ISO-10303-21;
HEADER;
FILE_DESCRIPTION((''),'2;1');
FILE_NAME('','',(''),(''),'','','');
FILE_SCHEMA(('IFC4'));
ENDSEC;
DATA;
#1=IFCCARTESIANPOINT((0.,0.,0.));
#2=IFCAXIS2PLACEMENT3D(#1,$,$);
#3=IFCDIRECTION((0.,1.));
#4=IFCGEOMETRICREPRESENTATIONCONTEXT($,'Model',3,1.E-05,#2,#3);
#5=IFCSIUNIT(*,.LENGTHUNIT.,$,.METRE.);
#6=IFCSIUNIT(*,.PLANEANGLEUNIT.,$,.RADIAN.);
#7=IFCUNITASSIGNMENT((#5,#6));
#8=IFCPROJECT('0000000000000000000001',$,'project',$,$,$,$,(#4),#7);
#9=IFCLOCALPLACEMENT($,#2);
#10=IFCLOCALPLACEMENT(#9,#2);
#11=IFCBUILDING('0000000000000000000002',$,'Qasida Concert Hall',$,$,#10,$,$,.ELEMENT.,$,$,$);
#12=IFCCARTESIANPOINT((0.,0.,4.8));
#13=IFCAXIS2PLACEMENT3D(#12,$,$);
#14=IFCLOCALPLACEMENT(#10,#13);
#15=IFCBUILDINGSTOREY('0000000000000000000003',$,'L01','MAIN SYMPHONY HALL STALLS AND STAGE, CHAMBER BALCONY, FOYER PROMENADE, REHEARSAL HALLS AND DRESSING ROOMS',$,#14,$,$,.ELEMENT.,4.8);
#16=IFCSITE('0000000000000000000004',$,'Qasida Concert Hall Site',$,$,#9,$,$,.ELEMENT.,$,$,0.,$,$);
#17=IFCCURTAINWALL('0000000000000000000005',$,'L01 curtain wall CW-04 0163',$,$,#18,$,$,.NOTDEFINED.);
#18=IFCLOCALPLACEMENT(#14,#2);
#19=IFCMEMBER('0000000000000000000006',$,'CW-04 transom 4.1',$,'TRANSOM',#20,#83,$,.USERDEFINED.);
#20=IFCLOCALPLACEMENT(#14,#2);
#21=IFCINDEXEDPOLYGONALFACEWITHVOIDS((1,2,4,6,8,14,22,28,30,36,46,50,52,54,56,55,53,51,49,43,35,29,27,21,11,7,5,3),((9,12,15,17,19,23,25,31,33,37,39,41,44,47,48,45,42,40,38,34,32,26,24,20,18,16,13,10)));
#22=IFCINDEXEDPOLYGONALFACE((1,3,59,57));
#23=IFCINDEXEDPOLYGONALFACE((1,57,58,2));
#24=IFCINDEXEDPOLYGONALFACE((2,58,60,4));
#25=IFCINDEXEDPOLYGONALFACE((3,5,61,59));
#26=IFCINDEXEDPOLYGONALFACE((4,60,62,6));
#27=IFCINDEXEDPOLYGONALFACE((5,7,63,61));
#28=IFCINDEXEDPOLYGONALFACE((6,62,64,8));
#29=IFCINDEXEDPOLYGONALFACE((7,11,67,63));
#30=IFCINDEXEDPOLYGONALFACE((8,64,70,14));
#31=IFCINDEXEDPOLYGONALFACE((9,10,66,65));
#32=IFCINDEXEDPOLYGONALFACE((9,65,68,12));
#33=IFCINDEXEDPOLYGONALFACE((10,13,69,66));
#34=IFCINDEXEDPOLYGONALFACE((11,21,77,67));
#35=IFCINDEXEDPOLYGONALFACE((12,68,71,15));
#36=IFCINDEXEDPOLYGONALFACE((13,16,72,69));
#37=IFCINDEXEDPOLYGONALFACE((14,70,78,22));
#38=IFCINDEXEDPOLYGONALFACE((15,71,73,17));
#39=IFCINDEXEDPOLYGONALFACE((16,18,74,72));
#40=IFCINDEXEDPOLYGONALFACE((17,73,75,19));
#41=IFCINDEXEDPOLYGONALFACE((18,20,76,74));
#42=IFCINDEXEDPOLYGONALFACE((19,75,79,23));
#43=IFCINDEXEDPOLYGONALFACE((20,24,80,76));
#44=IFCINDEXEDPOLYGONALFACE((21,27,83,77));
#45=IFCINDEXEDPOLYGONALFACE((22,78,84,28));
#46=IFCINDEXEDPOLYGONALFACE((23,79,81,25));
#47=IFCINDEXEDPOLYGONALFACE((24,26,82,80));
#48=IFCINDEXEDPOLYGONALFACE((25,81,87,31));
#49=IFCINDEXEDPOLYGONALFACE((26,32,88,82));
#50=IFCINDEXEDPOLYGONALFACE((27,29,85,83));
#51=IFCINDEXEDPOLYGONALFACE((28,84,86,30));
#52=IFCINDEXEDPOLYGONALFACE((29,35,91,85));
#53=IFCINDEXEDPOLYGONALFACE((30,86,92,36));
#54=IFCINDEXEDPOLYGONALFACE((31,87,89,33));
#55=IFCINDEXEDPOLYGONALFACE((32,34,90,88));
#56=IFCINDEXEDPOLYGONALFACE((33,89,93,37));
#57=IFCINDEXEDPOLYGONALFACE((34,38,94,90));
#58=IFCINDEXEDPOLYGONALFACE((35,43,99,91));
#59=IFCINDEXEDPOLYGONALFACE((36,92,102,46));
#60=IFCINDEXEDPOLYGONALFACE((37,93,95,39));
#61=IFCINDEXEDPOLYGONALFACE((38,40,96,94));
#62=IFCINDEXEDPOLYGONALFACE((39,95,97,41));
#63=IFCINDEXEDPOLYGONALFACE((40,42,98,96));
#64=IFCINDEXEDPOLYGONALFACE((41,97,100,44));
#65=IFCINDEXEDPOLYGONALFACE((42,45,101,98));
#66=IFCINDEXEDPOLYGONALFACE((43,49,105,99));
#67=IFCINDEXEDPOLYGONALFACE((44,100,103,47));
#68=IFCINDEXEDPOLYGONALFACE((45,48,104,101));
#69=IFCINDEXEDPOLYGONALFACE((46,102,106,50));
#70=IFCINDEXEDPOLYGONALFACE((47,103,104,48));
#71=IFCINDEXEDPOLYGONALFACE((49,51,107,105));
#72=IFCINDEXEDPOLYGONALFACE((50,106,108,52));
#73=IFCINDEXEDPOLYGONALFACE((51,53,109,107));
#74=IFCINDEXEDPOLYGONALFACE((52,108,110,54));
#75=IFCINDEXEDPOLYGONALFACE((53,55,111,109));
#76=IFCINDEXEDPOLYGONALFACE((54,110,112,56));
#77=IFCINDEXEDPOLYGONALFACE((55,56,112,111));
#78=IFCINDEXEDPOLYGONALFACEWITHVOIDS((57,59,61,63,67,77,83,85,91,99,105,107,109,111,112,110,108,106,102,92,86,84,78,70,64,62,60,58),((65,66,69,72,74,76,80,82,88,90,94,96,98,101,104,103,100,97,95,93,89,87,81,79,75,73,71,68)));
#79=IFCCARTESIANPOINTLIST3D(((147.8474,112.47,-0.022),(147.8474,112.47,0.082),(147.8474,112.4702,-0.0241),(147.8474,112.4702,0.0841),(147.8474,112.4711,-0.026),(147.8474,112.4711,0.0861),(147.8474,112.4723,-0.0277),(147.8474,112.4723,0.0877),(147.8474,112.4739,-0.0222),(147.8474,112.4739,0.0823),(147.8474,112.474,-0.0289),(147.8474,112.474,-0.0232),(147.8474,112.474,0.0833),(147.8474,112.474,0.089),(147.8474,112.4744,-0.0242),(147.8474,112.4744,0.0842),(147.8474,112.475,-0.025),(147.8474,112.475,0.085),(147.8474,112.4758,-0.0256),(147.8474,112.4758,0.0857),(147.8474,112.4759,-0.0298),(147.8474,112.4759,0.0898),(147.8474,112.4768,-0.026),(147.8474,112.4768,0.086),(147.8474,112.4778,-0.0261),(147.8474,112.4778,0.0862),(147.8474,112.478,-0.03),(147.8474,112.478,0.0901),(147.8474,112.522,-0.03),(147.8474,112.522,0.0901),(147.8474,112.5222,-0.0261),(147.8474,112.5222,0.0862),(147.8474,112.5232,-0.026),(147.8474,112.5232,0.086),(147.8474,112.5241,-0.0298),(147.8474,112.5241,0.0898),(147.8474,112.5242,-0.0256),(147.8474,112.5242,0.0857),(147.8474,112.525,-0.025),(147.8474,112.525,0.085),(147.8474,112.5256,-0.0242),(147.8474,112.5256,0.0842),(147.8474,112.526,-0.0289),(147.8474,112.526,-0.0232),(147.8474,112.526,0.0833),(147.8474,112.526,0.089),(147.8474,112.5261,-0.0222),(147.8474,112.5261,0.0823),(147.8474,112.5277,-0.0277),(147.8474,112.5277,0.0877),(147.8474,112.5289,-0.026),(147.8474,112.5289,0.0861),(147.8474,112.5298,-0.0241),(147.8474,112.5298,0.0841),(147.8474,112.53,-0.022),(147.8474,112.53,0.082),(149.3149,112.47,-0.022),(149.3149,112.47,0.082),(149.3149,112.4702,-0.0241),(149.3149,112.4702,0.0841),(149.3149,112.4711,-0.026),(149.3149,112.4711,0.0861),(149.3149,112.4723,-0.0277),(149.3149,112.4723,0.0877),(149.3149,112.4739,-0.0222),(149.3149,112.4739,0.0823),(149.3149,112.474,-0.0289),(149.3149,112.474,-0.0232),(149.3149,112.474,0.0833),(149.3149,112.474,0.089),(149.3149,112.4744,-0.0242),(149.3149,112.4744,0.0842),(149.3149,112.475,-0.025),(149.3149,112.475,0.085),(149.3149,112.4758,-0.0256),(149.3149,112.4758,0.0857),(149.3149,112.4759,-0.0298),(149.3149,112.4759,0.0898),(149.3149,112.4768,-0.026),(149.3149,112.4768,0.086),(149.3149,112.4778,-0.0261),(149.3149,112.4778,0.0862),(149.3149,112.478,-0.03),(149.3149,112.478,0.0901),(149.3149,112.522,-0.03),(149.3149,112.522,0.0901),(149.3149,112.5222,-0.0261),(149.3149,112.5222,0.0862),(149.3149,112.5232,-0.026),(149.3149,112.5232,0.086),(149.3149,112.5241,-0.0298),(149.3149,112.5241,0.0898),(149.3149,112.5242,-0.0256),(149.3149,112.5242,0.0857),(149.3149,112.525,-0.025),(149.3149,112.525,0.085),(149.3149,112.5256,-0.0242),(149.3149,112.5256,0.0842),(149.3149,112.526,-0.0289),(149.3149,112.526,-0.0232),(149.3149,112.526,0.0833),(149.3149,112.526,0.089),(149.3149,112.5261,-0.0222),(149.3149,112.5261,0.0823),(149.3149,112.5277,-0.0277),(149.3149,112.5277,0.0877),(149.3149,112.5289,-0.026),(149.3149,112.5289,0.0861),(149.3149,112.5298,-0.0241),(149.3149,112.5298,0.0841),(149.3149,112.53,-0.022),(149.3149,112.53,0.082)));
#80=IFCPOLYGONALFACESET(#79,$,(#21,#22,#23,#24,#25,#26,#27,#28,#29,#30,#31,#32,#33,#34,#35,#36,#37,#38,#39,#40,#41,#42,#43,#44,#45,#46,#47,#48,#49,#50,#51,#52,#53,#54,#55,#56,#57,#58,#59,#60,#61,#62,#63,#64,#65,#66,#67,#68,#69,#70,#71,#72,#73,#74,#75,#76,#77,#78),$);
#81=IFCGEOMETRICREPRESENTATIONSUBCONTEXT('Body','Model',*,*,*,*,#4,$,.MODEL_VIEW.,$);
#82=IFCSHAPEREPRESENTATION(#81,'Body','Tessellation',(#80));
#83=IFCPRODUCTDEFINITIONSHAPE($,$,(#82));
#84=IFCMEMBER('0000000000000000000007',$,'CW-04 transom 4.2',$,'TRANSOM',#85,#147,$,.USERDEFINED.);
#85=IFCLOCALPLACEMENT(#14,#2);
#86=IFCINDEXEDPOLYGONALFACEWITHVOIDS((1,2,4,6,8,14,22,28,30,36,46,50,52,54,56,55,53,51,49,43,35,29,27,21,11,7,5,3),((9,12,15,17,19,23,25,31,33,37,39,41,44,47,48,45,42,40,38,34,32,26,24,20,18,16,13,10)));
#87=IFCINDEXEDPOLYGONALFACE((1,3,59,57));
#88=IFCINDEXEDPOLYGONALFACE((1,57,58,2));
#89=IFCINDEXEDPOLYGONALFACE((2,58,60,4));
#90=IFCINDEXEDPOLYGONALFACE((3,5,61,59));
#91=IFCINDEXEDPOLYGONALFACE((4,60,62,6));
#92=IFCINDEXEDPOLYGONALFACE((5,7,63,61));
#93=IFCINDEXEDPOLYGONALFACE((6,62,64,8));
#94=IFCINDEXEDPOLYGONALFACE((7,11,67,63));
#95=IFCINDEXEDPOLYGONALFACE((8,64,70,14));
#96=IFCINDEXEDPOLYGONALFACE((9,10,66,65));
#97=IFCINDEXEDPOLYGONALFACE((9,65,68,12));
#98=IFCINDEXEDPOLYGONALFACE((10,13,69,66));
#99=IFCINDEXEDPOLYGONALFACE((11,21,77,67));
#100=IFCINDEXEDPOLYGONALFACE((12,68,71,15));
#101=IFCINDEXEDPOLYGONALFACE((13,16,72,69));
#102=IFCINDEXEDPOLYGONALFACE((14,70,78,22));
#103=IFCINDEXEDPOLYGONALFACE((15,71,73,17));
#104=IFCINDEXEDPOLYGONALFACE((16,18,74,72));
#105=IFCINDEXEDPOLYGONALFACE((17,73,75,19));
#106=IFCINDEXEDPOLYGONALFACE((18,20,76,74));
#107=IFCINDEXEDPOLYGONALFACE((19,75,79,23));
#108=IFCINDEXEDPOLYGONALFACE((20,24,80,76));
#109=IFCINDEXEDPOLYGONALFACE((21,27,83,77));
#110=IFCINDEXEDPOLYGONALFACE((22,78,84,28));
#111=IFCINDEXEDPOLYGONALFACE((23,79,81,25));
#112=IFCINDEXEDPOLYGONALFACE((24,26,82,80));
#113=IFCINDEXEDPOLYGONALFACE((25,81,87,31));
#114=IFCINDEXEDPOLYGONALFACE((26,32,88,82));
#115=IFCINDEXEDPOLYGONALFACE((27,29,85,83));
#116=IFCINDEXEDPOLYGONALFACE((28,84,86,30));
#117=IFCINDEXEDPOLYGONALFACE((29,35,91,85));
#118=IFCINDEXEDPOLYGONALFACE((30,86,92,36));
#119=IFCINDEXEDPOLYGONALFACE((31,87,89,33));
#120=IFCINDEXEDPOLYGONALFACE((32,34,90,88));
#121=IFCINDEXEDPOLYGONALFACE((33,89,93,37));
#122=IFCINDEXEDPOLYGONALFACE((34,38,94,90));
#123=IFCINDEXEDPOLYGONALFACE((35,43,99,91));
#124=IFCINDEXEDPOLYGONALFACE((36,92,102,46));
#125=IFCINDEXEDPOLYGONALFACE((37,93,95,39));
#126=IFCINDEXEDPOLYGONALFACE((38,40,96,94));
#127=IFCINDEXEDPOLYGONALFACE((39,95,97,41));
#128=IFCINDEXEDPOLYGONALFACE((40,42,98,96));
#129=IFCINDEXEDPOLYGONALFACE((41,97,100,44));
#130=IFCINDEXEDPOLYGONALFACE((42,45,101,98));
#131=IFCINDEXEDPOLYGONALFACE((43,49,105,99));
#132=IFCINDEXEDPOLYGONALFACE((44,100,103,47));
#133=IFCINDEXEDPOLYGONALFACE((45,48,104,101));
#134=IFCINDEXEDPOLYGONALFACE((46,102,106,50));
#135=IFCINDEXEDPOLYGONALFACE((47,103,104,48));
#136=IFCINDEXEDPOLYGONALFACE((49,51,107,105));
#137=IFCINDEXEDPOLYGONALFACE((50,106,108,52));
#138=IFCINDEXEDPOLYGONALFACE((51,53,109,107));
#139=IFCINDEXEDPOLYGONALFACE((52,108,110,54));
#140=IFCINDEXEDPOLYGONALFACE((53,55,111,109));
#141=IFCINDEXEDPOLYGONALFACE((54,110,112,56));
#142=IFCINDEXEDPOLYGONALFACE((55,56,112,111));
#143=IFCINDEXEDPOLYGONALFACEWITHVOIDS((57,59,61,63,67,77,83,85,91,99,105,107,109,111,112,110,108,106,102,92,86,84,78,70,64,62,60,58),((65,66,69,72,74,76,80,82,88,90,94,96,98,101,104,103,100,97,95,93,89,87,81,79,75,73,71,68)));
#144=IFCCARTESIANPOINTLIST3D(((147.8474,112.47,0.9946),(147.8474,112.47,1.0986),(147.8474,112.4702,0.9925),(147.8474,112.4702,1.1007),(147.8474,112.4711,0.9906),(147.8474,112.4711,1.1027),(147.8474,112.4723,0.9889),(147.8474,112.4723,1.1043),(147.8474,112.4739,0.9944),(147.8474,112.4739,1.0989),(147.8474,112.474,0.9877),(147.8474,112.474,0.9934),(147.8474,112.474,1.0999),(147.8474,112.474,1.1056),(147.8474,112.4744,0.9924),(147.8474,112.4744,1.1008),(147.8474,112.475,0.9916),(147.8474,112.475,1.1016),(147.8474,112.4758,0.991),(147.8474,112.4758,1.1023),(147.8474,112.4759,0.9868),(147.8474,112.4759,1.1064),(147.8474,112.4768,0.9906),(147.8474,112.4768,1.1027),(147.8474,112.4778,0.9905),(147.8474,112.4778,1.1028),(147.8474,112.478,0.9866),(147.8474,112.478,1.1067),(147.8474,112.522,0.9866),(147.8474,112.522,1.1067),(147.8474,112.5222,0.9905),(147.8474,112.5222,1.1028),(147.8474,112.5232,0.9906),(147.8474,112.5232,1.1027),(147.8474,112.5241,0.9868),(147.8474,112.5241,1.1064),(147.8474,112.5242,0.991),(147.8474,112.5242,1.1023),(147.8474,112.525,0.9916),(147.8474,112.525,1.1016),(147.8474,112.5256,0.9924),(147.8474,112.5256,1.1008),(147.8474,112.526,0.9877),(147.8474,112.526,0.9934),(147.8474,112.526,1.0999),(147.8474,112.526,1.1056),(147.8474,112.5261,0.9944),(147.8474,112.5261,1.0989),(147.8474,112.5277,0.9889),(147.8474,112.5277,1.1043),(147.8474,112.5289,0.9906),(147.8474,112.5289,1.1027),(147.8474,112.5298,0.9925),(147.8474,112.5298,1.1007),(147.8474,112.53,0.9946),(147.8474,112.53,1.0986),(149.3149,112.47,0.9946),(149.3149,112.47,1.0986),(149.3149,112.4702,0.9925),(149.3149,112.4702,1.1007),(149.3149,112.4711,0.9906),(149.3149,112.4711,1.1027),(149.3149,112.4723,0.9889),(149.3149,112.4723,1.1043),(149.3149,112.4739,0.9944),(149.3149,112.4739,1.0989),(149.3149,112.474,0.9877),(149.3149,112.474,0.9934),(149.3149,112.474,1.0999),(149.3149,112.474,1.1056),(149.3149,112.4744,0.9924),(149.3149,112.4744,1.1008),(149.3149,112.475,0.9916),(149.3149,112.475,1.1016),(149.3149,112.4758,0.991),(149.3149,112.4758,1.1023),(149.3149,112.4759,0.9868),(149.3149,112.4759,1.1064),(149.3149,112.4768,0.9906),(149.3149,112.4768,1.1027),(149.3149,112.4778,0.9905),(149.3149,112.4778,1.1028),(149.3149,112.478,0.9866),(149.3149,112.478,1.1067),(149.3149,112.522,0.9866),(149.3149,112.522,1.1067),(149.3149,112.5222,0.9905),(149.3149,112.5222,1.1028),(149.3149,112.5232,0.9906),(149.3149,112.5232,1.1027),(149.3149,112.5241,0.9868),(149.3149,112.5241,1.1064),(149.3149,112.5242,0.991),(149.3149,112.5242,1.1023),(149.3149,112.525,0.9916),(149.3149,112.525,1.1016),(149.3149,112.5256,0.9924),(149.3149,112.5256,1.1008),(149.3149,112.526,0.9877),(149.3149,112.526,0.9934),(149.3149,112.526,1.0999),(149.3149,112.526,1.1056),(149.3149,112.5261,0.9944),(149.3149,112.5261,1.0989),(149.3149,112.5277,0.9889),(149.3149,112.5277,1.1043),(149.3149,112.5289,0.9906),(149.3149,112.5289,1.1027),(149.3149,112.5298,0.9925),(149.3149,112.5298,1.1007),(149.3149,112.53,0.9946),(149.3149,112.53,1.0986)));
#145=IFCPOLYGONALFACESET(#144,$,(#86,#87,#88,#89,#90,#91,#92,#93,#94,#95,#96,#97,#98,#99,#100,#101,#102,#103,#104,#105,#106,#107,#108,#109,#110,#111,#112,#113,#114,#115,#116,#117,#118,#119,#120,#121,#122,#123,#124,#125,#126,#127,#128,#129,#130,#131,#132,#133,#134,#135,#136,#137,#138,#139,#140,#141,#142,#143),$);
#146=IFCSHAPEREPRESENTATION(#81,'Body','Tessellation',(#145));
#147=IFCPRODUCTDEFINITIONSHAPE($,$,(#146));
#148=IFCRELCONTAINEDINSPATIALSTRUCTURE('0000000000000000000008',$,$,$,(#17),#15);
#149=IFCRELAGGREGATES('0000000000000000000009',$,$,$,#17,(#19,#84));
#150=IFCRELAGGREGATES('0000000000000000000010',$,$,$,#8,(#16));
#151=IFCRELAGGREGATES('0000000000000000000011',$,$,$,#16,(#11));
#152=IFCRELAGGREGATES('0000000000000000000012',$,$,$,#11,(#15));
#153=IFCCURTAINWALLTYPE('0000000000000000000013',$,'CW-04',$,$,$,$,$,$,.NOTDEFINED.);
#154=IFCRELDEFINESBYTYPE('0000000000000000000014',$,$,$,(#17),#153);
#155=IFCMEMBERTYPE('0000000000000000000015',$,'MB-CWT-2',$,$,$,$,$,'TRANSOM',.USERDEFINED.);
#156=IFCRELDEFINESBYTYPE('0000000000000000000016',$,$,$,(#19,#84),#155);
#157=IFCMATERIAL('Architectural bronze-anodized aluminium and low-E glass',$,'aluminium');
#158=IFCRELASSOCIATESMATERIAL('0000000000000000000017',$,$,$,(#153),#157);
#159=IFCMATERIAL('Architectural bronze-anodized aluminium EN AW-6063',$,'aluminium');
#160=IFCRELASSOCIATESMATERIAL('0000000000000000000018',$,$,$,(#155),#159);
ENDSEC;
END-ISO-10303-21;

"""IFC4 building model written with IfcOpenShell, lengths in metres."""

from ifc_helpers import new_model, si_unit, direction, frame, origin, origin_2d, place, context, subcontext, project, spatial, hollow_rectangle, extrude, material, material_profile, profile_set, type_object, element, aggregate, save


model = new_model("IFC4")

# Units and contexts
model_context = context("Model", 3, precision=1e-05, world=origin(), true_north=direction((0.0, 1.0)))
body_context = subcontext(model_context, "Body", "Model", "MODEL_VIEW")
ifc_project = project(units=[si_unit("LENGTHUNIT", "METRE"), si_unit("PLANEANGLEUNIT", "RADIAN")], contexts=[model_context])

# Site, building, storey
site_placement = place(None, origin())
site = spatial("IfcSite", under=ifc_project, at=site_placement, Name="Qasida Concert Hall Site", CompositionType="ELEMENT", RefElevation=0.0)
building_placement = place(site_placement, origin())
building = spatial("IfcBuilding", under=site, at=building_placement, Name="Qasida Concert Hall", CompositionType="ELEMENT")
storey_placement = place(building_placement, frame((0.0, 0.0, 4.8)))
storey = spatial("IfcBuildingStorey", under=building, at=storey_placement, Name="L01", Description="MAIN SYMPHONY HALL STALLS AND STAGE, CHAMBER BALCONY, FOYER PROMENADE, REHEARSAL HALLS AND DRESSING ROOMS", CompositionType="ELEMENT", Elevation=4.8)

# Curtain wall, members
ifc_material_1 = material(Name="Architectural bronze-anodized aluminium and low-E glass", Category="aluminium")
curtain_wall_type = type_object("IfcCurtainWallType", Name="CW-04", PredefinedType="NOTDEFINED", material=ifc_material_1)
curtain_wall_placement = place(storey_placement, origin())
curtain_wall = element("IfcCurtainWall", 1, at=curtain_wall_placement, inside=storey, type_object=curtain_wall_type, Name="L01 curtain wall CW-04 0163", PredefinedType="NOTDEFINED")
ifc_material_2 = material(Name="Architectural bronze-anodized aluminium EN AW-6063", Category="aluminium")
ifc_material_profile_1 = material_profile(ifc_material_2, hollow_rectangle(XDim=0.0601, YDim=0.1201, WallThickness=0.0039, InnerFilletRadius=0.0039, OuterFilletRadius=0.0081, at=origin_2d()), Name="CWT 120x60x4")
ifc_profile_set_1 = profile_set([ifc_material_profile_1], Name="Architectural bronze-anodized aluminium EN AW-6063")
member_type_1 = type_object("IfcMemberType", Name="MB-CWT-2", ElementType="TRANSOM", PredefinedType="USERDEFINED", material=ifc_profile_set_1)
member_1_placement = place(storey_placement, frame((147.8474, 112.5, 0.03), z_axis=(1.0, 0.0, 0.0), x_axis=(0.0, 1.0, 0.0)))
member_1 = element("IfcMember", 2, at=member_1_placement, type_object=member_type_1, Name="CW-04 transom 4.1", ObjectType="TRANSOM", PredefinedType="USERDEFINED", context=body_context, shape_type="SweptSolid", body=[
    extrude(hollow_rectangle(XDim=0.0601, YDim=0.1201, WallThickness=0.0039, InnerFilletRadius=0.0039, OuterFilletRadius=0.0081, at=origin_2d()), origin(), (0.0, 0.0, 1.0), 1.4675),
])
member_2_placement = place(storey_placement, frame((147.8474, 112.5, 1.0466), z_axis=(1.0, 0.0, 0.0), x_axis=(0.0, 1.0, 0.0)))
member_2 = element("IfcMember", 3, at=member_2_placement, type_object=member_type_1, Name="CW-04 transom 4.2", ObjectType="TRANSOM", PredefinedType="USERDEFINED", context=body_context, shape_type="SweptSolid", body=[
    extrude(hollow_rectangle(XDim=0.0601, YDim=0.1201, WallThickness=0.0039, InnerFilletRadius=0.0039, OuterFilletRadius=0.0081, at=origin_2d()), origin(), (0.0, 0.0, 1.0), 1.4675),
])
aggregate(curtain_wall, [member_1, member_2])

save(model, "model.ifc")
